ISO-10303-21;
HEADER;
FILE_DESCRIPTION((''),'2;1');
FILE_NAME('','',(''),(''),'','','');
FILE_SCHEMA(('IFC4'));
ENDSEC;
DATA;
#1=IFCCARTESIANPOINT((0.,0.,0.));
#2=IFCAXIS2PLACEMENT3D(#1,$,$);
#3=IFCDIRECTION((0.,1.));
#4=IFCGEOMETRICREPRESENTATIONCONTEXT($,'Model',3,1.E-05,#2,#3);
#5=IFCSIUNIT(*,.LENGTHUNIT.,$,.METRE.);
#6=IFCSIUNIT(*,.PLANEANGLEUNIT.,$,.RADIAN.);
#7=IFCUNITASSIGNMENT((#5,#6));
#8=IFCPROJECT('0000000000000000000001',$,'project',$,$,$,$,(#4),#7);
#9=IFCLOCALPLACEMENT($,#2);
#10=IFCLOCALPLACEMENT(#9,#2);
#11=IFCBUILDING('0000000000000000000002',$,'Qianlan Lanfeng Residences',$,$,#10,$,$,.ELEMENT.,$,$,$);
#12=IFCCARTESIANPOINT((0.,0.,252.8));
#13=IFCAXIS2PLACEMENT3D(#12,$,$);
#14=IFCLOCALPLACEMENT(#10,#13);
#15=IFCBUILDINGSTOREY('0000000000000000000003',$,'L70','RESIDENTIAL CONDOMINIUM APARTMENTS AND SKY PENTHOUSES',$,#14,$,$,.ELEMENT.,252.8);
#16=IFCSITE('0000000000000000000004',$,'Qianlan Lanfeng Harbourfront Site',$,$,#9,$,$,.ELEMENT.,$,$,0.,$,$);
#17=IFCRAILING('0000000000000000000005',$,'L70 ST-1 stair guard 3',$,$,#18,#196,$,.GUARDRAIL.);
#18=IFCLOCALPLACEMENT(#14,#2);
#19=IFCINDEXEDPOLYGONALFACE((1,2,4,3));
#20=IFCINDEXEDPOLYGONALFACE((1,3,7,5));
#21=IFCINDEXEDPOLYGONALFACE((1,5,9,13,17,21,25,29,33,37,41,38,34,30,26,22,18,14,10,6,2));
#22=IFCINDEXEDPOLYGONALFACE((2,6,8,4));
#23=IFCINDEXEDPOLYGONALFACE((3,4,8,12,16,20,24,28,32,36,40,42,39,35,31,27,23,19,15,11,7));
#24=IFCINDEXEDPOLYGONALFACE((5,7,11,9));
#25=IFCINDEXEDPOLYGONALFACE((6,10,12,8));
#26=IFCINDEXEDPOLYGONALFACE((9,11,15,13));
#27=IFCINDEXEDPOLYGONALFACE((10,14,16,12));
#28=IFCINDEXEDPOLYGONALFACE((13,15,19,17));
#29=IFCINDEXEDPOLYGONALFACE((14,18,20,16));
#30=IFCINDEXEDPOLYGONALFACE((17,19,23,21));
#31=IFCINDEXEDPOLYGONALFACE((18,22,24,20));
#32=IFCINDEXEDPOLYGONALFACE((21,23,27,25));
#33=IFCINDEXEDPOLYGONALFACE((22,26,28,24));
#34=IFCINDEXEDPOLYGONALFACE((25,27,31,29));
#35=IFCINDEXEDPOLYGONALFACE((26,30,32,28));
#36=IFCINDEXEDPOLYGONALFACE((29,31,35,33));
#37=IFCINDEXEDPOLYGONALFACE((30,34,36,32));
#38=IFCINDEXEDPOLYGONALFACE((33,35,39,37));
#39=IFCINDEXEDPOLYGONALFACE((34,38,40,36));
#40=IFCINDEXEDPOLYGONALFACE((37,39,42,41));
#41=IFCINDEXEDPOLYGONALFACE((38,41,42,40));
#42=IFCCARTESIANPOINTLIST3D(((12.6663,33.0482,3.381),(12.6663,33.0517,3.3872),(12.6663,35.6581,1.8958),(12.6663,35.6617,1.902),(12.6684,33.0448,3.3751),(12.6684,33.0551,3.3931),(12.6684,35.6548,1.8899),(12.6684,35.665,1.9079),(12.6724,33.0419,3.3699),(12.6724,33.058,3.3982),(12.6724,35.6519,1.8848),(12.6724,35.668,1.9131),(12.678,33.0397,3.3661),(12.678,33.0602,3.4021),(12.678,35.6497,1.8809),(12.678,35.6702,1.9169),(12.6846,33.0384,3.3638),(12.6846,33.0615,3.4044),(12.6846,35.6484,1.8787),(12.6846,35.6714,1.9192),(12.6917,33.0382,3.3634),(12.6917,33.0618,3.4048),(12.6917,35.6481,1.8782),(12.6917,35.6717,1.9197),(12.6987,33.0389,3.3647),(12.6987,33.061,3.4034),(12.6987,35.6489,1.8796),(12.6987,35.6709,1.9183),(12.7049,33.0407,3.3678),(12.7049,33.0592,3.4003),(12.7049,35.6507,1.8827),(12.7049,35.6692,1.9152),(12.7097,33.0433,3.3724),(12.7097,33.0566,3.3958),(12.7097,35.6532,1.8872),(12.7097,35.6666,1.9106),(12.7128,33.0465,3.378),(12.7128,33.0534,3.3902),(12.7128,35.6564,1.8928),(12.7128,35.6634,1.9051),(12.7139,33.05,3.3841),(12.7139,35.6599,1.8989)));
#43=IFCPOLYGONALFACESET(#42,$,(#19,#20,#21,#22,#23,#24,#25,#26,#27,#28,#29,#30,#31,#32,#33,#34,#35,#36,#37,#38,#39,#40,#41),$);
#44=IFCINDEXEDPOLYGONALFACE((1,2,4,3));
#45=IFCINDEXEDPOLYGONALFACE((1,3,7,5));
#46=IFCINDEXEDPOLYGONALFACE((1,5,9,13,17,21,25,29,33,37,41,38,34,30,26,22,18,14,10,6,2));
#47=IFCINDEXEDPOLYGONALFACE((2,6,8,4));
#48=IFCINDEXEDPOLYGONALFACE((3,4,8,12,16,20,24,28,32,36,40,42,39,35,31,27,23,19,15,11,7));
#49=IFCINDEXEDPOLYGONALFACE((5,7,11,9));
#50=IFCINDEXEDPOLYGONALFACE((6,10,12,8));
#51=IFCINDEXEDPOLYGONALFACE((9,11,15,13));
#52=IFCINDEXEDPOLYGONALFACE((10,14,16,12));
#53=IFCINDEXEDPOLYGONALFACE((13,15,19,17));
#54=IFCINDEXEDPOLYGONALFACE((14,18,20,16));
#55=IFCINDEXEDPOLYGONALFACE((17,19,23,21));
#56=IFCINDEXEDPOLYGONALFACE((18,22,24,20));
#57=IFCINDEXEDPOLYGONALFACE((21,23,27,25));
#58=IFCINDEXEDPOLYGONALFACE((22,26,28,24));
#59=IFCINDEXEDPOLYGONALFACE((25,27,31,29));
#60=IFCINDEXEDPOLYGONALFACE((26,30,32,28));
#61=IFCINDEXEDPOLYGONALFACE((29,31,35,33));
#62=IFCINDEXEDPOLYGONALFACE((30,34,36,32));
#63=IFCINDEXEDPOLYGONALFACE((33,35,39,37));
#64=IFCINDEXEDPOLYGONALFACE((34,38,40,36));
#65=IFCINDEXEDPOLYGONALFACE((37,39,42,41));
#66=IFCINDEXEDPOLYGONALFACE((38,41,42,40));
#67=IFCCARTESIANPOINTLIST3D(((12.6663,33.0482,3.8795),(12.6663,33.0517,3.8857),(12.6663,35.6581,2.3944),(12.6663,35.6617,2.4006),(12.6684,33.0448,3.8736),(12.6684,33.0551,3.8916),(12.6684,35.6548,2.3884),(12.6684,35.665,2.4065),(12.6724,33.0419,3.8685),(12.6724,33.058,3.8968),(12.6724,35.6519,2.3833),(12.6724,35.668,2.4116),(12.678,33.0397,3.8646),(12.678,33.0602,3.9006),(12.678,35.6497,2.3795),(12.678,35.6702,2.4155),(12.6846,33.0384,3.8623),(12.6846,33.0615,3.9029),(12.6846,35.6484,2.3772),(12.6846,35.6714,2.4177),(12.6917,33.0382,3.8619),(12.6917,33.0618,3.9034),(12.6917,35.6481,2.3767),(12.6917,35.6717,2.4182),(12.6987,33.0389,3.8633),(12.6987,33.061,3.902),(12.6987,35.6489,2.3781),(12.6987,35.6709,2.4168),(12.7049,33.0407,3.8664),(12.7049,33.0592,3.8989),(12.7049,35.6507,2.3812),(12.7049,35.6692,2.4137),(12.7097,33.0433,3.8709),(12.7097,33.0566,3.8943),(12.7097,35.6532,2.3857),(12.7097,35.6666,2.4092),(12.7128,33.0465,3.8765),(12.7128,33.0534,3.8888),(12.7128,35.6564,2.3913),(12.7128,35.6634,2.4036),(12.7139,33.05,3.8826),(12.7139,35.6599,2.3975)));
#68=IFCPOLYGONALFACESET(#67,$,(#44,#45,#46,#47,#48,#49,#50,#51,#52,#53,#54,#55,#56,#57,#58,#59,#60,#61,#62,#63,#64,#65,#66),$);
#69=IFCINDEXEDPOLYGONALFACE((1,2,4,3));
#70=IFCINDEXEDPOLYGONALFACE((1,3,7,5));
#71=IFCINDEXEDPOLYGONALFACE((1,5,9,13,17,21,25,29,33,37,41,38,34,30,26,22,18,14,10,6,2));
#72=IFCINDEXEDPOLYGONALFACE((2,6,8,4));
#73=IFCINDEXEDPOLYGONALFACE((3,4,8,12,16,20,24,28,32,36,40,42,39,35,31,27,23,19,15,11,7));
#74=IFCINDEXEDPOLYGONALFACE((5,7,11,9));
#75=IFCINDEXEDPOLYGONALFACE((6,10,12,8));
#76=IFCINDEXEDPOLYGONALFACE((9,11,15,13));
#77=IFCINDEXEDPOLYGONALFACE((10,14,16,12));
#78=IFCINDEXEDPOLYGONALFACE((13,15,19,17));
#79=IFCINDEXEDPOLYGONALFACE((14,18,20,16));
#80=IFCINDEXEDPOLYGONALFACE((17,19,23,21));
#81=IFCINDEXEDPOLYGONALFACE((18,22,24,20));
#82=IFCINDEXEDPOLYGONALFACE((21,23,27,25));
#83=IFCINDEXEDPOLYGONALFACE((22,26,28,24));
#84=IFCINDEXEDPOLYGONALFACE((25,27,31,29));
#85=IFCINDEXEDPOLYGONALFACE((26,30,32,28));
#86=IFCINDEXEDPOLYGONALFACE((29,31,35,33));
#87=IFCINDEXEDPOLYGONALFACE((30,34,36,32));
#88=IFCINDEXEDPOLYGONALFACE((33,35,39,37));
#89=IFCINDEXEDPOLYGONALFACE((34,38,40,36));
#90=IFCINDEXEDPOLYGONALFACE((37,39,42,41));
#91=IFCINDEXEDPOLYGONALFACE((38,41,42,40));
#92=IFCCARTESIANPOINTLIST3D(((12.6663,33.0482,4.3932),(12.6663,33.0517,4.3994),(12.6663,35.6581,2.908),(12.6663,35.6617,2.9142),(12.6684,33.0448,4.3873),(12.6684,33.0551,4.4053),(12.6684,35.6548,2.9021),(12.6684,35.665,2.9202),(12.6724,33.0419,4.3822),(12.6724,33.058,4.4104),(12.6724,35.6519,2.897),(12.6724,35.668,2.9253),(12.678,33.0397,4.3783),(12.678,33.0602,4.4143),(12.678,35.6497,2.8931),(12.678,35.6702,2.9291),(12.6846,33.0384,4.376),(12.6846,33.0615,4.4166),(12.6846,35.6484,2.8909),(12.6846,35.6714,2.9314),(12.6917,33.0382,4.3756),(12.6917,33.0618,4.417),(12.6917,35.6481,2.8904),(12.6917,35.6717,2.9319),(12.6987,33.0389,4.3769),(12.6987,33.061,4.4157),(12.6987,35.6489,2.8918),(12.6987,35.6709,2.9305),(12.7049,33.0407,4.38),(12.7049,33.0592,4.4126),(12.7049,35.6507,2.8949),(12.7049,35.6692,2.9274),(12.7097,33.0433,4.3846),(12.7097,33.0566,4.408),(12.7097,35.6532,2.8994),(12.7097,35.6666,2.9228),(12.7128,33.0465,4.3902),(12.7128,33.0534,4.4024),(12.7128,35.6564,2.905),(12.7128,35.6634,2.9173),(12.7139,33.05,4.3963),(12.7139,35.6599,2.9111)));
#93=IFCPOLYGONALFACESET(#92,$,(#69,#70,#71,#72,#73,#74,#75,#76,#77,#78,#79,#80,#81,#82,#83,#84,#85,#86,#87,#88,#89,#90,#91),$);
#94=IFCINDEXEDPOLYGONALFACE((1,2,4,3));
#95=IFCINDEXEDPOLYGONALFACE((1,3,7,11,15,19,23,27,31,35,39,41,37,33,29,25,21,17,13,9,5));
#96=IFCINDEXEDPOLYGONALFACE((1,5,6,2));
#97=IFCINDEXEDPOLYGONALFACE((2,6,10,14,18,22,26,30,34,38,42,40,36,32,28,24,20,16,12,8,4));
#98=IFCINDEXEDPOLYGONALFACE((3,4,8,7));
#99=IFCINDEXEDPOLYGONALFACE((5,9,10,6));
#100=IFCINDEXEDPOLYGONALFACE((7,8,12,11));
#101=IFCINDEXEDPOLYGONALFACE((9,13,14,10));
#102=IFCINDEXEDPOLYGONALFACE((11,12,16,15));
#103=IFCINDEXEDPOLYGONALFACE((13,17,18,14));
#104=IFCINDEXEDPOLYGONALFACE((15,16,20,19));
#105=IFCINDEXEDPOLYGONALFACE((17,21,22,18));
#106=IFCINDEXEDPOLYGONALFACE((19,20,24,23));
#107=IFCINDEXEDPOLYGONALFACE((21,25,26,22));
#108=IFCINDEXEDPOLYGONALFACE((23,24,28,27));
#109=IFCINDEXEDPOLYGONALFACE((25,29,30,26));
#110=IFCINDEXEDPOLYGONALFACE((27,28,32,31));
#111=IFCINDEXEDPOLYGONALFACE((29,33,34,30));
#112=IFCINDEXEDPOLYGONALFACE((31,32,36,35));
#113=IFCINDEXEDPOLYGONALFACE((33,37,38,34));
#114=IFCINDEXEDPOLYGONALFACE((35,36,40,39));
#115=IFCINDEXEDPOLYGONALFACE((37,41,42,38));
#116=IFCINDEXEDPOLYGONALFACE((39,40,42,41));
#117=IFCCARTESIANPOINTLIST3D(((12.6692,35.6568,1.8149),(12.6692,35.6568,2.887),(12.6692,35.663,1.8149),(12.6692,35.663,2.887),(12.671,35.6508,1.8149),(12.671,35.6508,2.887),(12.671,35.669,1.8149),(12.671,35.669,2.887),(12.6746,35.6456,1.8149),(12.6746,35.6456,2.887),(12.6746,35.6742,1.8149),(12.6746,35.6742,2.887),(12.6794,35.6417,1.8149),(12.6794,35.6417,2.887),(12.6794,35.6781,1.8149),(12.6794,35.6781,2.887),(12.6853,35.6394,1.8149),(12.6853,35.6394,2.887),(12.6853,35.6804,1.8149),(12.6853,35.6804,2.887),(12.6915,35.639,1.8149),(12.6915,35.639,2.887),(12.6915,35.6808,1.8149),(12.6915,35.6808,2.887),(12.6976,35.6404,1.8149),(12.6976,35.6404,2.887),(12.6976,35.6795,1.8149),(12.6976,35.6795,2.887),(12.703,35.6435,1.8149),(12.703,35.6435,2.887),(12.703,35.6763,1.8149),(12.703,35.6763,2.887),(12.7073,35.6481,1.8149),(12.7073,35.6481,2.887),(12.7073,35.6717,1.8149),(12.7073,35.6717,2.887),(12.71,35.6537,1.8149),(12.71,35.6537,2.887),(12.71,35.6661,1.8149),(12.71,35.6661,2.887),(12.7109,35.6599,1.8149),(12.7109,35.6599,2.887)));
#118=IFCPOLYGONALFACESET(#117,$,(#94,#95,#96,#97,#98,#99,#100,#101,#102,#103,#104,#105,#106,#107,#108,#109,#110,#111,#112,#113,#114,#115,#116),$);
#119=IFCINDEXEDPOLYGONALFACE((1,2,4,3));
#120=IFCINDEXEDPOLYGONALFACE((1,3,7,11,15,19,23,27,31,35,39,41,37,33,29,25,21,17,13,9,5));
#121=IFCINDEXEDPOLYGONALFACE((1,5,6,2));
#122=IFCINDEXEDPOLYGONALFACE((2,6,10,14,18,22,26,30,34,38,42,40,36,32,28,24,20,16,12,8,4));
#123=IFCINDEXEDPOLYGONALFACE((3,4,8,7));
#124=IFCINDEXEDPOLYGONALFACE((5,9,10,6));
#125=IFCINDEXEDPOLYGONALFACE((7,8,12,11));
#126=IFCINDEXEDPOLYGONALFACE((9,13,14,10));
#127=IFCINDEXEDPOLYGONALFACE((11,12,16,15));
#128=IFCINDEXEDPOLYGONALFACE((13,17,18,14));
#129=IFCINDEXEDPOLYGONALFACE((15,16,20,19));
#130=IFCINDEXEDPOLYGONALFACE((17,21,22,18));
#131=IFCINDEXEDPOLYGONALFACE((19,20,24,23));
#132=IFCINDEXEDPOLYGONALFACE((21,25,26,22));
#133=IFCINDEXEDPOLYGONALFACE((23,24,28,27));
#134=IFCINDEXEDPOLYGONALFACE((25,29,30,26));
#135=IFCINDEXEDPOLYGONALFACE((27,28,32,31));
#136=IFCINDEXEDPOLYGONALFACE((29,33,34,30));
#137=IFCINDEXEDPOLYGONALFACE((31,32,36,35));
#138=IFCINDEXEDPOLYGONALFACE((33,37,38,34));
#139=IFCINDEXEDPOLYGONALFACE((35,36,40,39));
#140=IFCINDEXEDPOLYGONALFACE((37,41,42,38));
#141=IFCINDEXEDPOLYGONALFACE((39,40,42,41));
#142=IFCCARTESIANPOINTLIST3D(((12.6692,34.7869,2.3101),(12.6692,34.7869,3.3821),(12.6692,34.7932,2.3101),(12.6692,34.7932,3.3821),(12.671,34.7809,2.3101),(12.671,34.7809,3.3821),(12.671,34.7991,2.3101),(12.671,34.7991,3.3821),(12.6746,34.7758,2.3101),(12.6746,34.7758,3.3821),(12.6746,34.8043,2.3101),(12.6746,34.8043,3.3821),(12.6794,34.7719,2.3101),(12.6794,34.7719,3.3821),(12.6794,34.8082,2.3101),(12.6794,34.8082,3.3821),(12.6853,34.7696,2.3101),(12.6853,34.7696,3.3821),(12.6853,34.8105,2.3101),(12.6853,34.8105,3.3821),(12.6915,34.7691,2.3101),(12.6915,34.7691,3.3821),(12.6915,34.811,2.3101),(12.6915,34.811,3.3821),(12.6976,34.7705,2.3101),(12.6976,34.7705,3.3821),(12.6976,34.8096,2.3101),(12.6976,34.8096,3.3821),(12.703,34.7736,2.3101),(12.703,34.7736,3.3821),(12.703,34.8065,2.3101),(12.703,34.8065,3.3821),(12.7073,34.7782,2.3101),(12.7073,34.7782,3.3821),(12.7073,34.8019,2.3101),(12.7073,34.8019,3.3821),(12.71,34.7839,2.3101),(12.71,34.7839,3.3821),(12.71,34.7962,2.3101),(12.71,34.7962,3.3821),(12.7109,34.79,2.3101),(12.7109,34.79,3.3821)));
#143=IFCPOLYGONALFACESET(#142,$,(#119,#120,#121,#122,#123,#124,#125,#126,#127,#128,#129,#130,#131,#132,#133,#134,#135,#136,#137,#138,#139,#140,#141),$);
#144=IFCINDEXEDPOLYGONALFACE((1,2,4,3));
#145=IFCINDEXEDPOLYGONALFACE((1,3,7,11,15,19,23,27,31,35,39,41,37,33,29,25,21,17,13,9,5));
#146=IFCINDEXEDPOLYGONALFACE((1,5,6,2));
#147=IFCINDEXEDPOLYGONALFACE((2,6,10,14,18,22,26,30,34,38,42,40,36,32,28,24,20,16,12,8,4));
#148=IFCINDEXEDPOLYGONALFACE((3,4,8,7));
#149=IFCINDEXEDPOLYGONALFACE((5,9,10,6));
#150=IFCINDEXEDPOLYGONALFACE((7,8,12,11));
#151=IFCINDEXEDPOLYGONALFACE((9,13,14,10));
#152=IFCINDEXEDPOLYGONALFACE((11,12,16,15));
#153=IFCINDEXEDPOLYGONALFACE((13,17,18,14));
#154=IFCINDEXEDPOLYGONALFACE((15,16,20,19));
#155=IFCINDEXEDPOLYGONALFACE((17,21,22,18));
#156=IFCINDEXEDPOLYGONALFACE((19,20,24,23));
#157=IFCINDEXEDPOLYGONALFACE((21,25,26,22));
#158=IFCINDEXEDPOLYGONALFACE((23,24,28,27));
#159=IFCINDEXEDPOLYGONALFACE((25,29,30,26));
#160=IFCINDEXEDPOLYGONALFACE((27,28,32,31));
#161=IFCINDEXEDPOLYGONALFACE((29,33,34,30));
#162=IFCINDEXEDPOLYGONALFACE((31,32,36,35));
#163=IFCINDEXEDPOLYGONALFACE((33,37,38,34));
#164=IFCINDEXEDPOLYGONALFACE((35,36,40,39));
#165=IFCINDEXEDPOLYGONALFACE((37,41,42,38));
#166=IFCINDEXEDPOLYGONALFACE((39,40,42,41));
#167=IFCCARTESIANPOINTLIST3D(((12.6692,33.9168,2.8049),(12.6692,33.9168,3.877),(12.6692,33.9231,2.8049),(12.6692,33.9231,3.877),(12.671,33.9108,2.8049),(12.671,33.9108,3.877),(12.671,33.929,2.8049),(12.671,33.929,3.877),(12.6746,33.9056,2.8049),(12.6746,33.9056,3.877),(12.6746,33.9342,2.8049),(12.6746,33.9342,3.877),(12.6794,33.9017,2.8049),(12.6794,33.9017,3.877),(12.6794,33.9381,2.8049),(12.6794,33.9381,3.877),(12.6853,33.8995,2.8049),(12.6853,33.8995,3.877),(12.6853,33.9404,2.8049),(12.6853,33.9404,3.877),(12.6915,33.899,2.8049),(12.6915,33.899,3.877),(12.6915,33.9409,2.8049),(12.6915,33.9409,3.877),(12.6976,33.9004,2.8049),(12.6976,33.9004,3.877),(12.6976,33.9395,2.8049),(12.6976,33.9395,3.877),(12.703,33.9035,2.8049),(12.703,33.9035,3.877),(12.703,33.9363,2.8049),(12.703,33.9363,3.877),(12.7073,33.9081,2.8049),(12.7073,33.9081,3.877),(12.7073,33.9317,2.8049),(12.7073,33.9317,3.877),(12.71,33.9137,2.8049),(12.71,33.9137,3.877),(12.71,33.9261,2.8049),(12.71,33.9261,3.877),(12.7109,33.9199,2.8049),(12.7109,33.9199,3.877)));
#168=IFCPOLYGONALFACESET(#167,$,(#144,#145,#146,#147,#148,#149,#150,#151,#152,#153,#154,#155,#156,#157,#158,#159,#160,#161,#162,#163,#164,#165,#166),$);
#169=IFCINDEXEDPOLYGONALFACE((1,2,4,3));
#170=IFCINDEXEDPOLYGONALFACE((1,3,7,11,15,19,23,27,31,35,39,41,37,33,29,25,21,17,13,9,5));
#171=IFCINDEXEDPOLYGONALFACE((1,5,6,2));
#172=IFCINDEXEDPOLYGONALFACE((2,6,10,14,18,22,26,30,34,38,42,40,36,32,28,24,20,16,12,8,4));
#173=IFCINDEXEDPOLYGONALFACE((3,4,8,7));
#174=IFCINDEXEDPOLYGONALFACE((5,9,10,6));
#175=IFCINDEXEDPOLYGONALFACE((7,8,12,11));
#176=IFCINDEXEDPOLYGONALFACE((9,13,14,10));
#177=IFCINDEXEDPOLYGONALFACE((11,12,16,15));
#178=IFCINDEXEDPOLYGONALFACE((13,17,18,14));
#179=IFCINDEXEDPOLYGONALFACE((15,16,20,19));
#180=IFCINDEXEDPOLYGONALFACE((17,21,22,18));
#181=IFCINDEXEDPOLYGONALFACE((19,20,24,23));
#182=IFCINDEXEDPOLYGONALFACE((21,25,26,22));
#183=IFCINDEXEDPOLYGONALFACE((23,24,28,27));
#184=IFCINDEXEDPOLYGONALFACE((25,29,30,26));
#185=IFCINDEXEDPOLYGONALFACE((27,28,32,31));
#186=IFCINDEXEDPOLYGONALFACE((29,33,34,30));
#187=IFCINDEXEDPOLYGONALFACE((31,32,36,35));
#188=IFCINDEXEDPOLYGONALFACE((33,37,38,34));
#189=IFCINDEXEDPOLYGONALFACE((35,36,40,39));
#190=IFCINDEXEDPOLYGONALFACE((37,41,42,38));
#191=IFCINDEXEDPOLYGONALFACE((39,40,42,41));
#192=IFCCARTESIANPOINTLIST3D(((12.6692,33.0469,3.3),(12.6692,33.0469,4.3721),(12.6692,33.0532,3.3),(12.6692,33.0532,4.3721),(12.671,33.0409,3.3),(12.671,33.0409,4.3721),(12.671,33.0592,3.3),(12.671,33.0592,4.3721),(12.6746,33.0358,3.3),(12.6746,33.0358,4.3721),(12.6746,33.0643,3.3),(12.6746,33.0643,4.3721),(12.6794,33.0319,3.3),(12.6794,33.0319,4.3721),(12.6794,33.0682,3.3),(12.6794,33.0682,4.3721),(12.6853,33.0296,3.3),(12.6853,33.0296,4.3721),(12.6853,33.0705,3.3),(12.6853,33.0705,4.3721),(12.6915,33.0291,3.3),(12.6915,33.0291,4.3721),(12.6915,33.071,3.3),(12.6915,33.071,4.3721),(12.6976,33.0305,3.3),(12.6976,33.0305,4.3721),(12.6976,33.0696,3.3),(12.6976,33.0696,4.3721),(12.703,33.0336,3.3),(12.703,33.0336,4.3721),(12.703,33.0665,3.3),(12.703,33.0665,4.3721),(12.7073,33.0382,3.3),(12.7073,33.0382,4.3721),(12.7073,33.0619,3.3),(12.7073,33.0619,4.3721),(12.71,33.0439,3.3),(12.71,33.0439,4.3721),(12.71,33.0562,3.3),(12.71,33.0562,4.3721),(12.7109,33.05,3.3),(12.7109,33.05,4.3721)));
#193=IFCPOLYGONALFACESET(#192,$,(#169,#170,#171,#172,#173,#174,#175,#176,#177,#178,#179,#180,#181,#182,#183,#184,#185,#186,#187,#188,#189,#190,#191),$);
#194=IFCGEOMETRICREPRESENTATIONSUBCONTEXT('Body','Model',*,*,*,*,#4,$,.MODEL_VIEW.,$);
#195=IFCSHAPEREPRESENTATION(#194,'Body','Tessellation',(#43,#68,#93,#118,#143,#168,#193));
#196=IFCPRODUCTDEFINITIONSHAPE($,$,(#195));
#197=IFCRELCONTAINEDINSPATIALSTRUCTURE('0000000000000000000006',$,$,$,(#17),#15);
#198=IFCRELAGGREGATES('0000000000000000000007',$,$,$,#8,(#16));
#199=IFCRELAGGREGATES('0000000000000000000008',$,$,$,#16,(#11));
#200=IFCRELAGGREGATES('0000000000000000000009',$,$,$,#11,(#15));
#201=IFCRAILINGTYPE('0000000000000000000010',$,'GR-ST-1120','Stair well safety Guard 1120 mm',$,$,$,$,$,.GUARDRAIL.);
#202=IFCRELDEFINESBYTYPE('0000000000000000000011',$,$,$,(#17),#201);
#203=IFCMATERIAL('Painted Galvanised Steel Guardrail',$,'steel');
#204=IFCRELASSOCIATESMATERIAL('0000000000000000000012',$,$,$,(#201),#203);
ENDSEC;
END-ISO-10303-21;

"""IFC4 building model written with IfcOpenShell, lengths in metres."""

from ifc_helpers import new_model, si_unit, direction, frame, origin, origin_2d, place, context, subcontext, project, spatial, circle, extrude, material, type_object, element, save


model = new_model("IFC4")

# Units and contexts
model_context = context("Model", 3, precision=1e-05, world=origin(), true_north=direction((0.0, 1.0)))
body_context = subcontext(model_context, "Body", "Model", "MODEL_VIEW")
ifc_project = project(units=[si_unit("LENGTHUNIT", "METRE"), si_unit("PLANEANGLEUNIT", "RADIAN")], contexts=[model_context])

# Site, building, storey
site_placement = place(None, origin())
site = spatial("IfcSite", under=ifc_project, at=site_placement, Name="Qianlan Lanfeng Harbourfront Site", CompositionType="ELEMENT", RefElevation=0.0)
building_placement = place(site_placement, origin())
building = spatial("IfcBuilding", under=site, at=building_placement, Name="Qianlan Lanfeng Residences", CompositionType="ELEMENT")
storey_placement = place(building_placement, frame((0.0, 0.0, 252.8)))
storey = spatial("IfcBuildingStorey", under=building, at=storey_placement, Name="L70", Description="RESIDENTIAL CONDOMINIUM APARTMENTS AND SKY PENTHOUSES", CompositionType="ELEMENT", Elevation=252.8)

# Railing
ifc_material_1 = material(Name="Painted Galvanised Steel Guardrail", Category="steel")
railing_type_1 = type_object("IfcRailingType", Name="GR-ST-1120", Description="Stair well safety Guard 1120 mm", PredefinedType="GUARDRAIL", material=ifc_material_1)
railing_1_placement = place(storey_placement, frame((12.6899, 35.6599, 1.8149)))
element("IfcRailing", 1, at=railing_1_placement, inside=storey, type_object=railing_type_1, Name="L70 ST-1 stair guard 3", PredefinedType="GUARDRAIL", context=body_context, shape_type="SweptSolid", body=[
    extrude(circle(Radius=0.0239, at=origin_2d()), frame((0.0, 0.0, 0.084), z_axis=(0.0, -0.869137, 0.494571), x_axis=(1.0, 0.0, 0.0)), (0.0, 0.0, 1.0), 3.0029),
    extrude(circle(Radius=0.0239, at=origin_2d()), frame((0.0, 0.0, 0.5825), z_axis=(0.0, -0.869137, 0.494571), x_axis=(1.0, 0.0, 0.0)), (0.0, 0.0, 1.0), 3.0029),
    extrude(circle(Radius=0.0239, at=origin_2d()), frame((0.0, 0.0, 1.0962), z_axis=(0.0, -0.869137, 0.494571), x_axis=(1.0, 0.0, 0.0)), (0.0, 0.0, 1.0), 3.0029),
    extrude(circle(Radius=0.021, at=origin_2d()), origin(), (0.0, 0.0, 1.0), 1.072),
    extrude(circle(Radius=0.021, at=origin_2d()), frame((0.0, -0.8699, 0.4951)), (0.0, 0.0, 1.0), 1.072),
    extrude(circle(Radius=0.021, at=origin_2d()), frame((0.0, -1.74, 0.99)), (0.0, 0.0, 1.0), 1.072),
    extrude(circle(Radius=0.021, at=origin_2d()), frame((0.0, -2.6099, 1.4851)), (0.0, 0.0, 1.0), 1.072),
])

save(model, "model.ifc")
